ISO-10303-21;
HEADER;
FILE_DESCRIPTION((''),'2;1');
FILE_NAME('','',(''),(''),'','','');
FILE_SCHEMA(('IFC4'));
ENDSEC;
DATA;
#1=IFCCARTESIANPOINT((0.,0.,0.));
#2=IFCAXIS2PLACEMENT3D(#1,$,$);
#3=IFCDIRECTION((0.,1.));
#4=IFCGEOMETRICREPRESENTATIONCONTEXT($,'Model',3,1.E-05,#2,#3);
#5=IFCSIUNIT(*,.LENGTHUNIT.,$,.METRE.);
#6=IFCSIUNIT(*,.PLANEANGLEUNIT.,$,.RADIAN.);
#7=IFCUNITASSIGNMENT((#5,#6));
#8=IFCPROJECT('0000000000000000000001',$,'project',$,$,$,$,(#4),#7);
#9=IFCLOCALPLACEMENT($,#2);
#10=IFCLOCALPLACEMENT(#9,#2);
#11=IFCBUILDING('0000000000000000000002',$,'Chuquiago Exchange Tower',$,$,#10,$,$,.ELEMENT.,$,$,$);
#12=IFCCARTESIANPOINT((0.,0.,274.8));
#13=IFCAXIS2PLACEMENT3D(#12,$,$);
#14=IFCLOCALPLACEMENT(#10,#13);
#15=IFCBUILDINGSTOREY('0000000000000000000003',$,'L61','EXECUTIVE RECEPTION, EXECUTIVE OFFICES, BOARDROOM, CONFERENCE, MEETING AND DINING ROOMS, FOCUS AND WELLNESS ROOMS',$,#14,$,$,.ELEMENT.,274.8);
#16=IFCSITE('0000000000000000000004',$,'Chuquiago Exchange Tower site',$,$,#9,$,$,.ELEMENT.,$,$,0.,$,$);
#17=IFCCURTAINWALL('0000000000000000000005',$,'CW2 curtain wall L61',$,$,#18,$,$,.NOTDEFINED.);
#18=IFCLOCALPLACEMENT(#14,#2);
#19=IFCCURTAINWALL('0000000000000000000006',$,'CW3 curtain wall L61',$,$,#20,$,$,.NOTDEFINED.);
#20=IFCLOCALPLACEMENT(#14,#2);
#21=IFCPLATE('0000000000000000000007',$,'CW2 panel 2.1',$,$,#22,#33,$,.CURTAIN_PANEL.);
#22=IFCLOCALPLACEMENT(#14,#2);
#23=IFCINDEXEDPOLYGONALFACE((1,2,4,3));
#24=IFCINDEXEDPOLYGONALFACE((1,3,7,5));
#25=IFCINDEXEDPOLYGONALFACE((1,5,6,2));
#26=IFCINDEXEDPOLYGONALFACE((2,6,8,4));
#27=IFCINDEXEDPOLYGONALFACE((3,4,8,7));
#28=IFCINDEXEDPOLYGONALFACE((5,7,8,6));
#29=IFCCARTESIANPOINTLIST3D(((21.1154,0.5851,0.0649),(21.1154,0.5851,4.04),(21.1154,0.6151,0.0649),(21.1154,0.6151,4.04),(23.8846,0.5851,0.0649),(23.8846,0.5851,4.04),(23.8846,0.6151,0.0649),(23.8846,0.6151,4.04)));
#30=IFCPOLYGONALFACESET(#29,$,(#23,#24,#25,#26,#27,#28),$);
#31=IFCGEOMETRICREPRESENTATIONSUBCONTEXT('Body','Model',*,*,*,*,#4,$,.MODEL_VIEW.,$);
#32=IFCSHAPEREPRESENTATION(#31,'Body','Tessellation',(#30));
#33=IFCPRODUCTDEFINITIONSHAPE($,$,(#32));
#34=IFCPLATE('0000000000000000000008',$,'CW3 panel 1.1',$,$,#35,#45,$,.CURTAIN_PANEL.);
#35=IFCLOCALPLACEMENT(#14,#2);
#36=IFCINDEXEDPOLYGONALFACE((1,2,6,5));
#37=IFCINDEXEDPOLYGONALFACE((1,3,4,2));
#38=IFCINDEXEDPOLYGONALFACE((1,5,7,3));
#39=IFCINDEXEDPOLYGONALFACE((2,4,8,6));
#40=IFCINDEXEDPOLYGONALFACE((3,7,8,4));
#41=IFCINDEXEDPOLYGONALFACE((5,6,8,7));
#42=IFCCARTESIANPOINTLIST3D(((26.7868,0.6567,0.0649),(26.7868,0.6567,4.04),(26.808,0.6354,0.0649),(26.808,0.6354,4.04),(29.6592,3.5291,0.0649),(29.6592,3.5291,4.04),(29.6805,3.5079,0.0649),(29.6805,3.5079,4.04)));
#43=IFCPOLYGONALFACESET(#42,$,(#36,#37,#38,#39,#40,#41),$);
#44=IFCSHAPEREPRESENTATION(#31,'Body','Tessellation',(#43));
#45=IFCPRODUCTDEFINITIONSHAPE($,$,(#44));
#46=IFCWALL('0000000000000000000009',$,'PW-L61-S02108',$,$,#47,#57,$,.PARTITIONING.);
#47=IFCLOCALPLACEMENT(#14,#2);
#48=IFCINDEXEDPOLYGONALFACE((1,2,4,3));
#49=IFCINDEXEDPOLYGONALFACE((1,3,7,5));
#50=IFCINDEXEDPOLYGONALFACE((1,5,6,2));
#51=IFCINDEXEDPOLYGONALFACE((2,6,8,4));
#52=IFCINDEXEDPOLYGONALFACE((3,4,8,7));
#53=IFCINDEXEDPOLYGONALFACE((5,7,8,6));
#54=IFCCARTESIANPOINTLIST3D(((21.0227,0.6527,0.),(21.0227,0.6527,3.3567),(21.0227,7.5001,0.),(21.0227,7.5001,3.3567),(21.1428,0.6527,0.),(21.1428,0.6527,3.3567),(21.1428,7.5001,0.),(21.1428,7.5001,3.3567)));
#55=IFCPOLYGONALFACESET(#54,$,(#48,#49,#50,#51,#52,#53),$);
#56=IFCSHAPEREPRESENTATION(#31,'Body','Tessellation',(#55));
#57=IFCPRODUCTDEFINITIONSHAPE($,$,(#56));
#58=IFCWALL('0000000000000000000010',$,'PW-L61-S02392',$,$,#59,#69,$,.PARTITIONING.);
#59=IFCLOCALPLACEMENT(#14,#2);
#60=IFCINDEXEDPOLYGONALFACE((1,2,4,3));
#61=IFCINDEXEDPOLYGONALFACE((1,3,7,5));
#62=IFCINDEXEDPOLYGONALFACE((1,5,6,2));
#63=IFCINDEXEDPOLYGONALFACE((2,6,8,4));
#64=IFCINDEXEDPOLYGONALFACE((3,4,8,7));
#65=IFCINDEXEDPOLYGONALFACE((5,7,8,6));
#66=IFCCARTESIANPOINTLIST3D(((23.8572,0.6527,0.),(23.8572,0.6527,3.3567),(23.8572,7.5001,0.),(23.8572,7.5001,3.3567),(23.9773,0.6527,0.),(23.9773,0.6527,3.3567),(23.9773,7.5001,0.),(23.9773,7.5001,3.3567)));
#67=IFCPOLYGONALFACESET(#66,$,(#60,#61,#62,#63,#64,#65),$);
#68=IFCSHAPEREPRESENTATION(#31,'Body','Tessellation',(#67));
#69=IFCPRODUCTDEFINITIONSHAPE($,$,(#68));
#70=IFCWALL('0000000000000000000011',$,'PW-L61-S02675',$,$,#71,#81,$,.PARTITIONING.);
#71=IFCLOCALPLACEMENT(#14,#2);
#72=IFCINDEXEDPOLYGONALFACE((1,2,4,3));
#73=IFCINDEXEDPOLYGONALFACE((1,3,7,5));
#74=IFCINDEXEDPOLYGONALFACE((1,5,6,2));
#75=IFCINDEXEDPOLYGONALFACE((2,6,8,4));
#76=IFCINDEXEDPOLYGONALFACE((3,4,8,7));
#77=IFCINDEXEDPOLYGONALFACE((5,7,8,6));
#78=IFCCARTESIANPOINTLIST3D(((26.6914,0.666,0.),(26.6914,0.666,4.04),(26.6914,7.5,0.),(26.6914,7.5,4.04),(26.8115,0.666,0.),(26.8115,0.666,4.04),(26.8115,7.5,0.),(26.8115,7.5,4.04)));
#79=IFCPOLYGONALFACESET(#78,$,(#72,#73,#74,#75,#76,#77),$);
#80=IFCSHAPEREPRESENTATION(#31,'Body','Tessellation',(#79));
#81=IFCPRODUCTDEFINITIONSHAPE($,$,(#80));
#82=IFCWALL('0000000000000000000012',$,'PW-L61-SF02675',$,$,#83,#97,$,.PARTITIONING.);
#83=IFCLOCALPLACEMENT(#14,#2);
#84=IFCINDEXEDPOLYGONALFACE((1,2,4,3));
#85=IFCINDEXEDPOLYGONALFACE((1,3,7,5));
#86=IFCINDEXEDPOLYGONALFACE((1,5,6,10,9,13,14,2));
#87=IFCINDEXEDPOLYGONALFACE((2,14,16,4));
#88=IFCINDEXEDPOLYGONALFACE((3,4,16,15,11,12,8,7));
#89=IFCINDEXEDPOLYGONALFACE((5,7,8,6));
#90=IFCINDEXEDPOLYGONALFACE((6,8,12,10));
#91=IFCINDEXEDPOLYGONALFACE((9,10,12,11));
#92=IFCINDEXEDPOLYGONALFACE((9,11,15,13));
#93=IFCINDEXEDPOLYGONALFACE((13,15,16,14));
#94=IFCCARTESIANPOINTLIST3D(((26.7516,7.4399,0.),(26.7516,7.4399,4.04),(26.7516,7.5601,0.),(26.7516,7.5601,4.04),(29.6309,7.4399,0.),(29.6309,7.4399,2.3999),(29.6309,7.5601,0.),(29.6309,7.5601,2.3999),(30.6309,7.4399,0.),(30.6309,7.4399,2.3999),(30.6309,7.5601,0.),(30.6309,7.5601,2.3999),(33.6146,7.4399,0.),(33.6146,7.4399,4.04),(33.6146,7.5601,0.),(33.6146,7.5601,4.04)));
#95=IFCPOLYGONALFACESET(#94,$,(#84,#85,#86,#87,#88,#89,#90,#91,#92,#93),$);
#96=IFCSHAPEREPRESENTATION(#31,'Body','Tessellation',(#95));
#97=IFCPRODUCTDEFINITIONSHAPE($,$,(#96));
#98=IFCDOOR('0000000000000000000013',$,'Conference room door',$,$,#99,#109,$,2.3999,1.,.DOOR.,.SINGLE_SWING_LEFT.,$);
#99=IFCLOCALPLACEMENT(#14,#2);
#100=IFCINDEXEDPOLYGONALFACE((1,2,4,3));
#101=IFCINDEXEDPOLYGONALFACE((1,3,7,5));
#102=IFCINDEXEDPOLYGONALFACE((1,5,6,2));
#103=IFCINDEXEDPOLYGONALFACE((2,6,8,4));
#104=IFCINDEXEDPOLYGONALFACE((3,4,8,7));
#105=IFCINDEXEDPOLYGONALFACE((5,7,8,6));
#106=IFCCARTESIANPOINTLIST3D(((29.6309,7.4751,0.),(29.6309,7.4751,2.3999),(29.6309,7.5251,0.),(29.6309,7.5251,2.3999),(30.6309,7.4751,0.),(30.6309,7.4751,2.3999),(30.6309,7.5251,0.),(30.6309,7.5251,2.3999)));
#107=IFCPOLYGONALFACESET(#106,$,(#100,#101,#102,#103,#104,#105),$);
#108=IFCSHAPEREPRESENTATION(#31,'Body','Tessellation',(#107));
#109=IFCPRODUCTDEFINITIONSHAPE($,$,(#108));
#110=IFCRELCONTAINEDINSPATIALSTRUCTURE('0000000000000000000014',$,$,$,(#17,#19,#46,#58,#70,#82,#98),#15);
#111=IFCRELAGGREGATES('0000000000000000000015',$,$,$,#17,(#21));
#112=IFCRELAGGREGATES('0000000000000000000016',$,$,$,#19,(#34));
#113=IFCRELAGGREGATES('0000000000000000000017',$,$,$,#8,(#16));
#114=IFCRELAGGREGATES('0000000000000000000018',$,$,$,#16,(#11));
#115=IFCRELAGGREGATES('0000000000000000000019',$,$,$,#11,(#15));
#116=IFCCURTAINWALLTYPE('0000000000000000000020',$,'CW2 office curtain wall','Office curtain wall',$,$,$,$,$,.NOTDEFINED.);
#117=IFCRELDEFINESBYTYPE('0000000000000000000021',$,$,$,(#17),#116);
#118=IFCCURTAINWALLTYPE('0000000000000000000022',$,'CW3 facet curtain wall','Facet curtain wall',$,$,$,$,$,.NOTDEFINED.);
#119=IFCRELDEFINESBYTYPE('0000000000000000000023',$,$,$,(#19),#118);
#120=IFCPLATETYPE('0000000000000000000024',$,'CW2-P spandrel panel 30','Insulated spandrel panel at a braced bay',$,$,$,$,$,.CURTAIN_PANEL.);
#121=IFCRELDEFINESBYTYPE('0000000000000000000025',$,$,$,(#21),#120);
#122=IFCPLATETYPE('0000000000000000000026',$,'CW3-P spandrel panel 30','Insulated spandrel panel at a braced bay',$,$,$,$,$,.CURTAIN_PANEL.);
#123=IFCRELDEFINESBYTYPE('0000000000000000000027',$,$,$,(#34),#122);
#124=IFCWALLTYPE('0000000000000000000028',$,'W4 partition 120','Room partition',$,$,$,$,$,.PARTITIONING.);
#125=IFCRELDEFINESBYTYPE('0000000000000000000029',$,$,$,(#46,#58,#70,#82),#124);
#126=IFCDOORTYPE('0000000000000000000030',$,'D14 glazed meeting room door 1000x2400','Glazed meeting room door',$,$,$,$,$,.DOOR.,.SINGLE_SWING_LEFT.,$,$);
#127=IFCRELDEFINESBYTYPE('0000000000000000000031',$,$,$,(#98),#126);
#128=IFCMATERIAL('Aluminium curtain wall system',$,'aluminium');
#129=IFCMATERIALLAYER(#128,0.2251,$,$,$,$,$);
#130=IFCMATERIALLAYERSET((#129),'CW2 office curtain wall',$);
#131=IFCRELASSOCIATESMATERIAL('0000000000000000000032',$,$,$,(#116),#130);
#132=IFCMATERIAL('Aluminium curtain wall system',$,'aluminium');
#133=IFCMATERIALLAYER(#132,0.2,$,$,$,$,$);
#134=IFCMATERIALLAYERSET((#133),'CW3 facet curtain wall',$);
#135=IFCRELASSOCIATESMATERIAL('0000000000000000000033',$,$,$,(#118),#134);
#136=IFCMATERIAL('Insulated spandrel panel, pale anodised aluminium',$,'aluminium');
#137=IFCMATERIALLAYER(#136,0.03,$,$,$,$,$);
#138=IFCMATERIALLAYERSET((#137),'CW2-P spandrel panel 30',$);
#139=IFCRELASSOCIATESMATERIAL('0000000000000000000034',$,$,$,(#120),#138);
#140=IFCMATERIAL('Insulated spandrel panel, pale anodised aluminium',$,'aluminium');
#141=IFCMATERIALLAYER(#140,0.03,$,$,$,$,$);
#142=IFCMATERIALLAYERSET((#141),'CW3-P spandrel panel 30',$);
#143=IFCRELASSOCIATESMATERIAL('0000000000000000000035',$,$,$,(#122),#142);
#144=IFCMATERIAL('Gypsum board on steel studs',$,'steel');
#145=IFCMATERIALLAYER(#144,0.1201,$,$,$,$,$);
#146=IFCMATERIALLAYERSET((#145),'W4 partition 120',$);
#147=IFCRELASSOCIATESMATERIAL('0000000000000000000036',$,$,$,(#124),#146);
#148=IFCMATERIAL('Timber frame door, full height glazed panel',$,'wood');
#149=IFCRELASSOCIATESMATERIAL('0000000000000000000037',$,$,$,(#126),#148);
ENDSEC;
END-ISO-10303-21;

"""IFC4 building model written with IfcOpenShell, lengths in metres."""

from ifc_helpers import new_model, si_unit, direction, frame, frame_2d, origin, origin_2d, place, context, subcontext, project, spatial, rectangle, extrude, material, layer, layer_set, type_object, element, fill, aggregate, save


model = new_model("IFC4")

# Units and contexts
model_context = context("Model", 3, precision=1e-05, world=origin(), true_north=direction((0.0, 1.0)))
body_context = subcontext(model_context, "Body", "Model", "MODEL_VIEW")
ifc_project = project(units=[si_unit("LENGTHUNIT", "METRE"), si_unit("PLANEANGLEUNIT", "RADIAN")], contexts=[model_context])

# Site, building, storey
site_placement = place(None, origin())
site = spatial("IfcSite", under=ifc_project, at=site_placement, Name="Chuquiago Exchange Tower site", CompositionType="ELEMENT", RefElevation=0.0)
building_placement = place(site_placement, origin())
building = spatial("IfcBuilding", under=site, at=building_placement, Name="Chuquiago Exchange Tower", CompositionType="ELEMENT")
storey_placement = place(building_placement, frame((0.0, 0.0, 274.8)))
storey = spatial("IfcBuildingStorey", under=building, at=storey_placement, Name="L61", Description="EXECUTIVE RECEPTION, EXECUTIVE OFFICES, BOARDROOM, CONFERENCE, MEETING AND DINING ROOMS, FOCUS AND WELLNESS ROOMS", CompositionType="ELEMENT", Elevation=274.8)

# Curtain walls
ifc_material_1 = material(Name="Aluminium curtain wall system", Category="aluminium")
ifc_layer_1 = layer(ifc_material_1, 0.2251)
ifc_layer_set_1 = layer_set([ifc_layer_1], Name="CW2 office curtain wall")
curtain_wall_type_1 = type_object("IfcCurtainWallType", Name="CW2 office curtain wall", Description="Office curtain wall", PredefinedType="NOTDEFINED", material=ifc_layer_set_1)
curtain_wall_1_placement = place(storey_placement, origin())
curtain_wall_1 = element("IfcCurtainWall", 1, at=curtain_wall_1_placement, inside=storey, type_object=curtain_wall_type_1, Name="CW2 curtain wall L61", PredefinedType="NOTDEFINED")
ifc_material_2 = material(Name="Aluminium curtain wall system", Category="aluminium")
ifc_layer_2 = layer(ifc_material_2, 0.2)
ifc_layer_set_2 = layer_set([ifc_layer_2], Name="CW3 facet curtain wall")
curtain_wall_type_2 = type_object("IfcCurtainWallType", Name="CW3 facet curtain wall", Description="Facet curtain wall", PredefinedType="NOTDEFINED", material=ifc_layer_set_2)
curtain_wall_2_placement = place(storey_placement, origin())
curtain_wall_2 = element("IfcCurtainWall", 2, at=curtain_wall_2_placement, inside=storey, type_object=curtain_wall_type_2, Name="CW3 curtain wall L61", PredefinedType="NOTDEFINED")

# Plates
ifc_material_3 = material(Name="Insulated spandrel panel, pale anodised aluminium", Category="aluminium")
ifc_layer_3 = layer(ifc_material_3, 0.03)
ifc_layer_set_3 = layer_set([ifc_layer_3], Name="CW2-P spandrel panel 30")
plate_type_1 = type_object("IfcPlateType", Name="CW2-P spandrel panel 30", Description="Insulated spandrel panel at a braced bay", PredefinedType="CURTAIN_PANEL", material=ifc_layer_set_3)
plate_1_placement = place(storey_placement, frame((22.5, 0.6001, 0.0649), z_axis=(0.0, 0.0, 1.0), x_axis=(1.0, 0.0, 0.0)))
plate_1 = element("IfcPlate", 3, at=plate_1_placement, type_object=plate_type_1, Name="CW2 panel 2.1", PredefinedType="CURTAIN_PANEL", context=body_context, shape_type="SweptSolid", body=[
    extrude(rectangle(XDim=2.7693, YDim=0.03, at=origin_2d()), origin(), (0.0, 0.0, 1.0), 3.9751),
])
aggregate(curtain_wall_1, [plate_1])
ifc_material_4 = material(Name="Insulated spandrel panel, pale anodised aluminium", Category="aluminium")
ifc_layer_4 = layer(ifc_material_4, 0.03)
ifc_layer_set_4 = layer_set([ifc_layer_4], Name="CW3-P spandrel panel 30")
plate_type_2 = type_object("IfcPlateType", Name="CW3-P spandrel panel 30", Description="Insulated spandrel panel at a braced bay", PredefinedType="CURTAIN_PANEL", material=ifc_layer_set_4)
plate_2_placement = place(storey_placement, frame((28.2336, 2.0823, 0.0649), z_axis=(0.0, 0.0, 1.0), x_axis=(0.707107, 0.707107, 0.0)))
plate_2 = element("IfcPlate", 4, at=plate_2_placement, type_object=plate_type_2, Name="CW3 panel 1.1", PredefinedType="CURTAIN_PANEL", context=body_context, shape_type="SweptSolid", body=[
    extrude(rectangle(XDim=4.0623, YDim=0.03, at=origin_2d()), origin(), (0.0, 0.0, 1.0), 3.9751),
])
aggregate(curtain_wall_2, [plate_2])

# Walls
ifc_material_5 = material(Name="Gypsum board on steel studs", Category="steel")
ifc_layer_5 = layer(ifc_material_5, 0.1201)
ifc_layer_set_5 = layer_set([ifc_layer_5], Name="W4 partition 120")
wall_type = type_object("IfcWallType", Name="W4 partition 120", Description="Room partition", PredefinedType="PARTITIONING", material=ifc_layer_set_5)
for number, where, z_axis, x_axis, name in (
    (5, (21.0828, 0.6526, 0.0), (0.0, 0.0, 1.0), (0.0, 1.0, 0.0), "PW-L61-S02108"),
    (6, (23.9172, 0.6526, 0.0), (0.0, 0.0, 1.0), (0.0, 1.0, 0.0), "PW-L61-S02392"),
):
    element("IfcWall", number, at=place(storey_placement, frame(where, z_axis=z_axis, x_axis=x_axis)), inside=storey, type_object=wall_type, Name=name, PredefinedType="PARTITIONING", context=body_context, shape_type="SweptSolid", body=[
        extrude(rectangle(XDim=6.8474, YDim=0.1201, at=frame_2d((3.4238, 0.0))), origin(), (0.0, 0.0, 1.0), 3.3567),
    ])
wall_1_placement = place(storey_placement, frame((26.7515, 0.666, 0.0), z_axis=(0.0, 0.0, 1.0), x_axis=(0.0, 1.0, 0.0)))
element("IfcWall", 7, at=wall_1_placement, inside=storey, type_object=wall_type, Name="PW-L61-S02675", PredefinedType="PARTITIONING", context=body_context, shape_type="SweptSolid", body=[
    extrude(rectangle(XDim=6.834, YDim=0.1201, at=frame_2d((3.417, 0.0))), origin(), (0.0, 0.0, 1.0), 4.04),
])

# Wall, opening, door
ifc_material_6 = material(Name="Timber frame door, full height glazed panel", Category="wood")
door_type = type_object("IfcDoorType", Name="D14 glazed meeting room door 1000x2400", Description="Glazed meeting room door", OperationType="SINGLE_SWING_LEFT", PredefinedType="DOOR", material=ifc_material_6)
wall_2_placement = place(storey_placement, frame((26.7515, 7.5, 0.0), z_axis=(0.0, 0.0, 1.0), x_axis=(1.0, 0.0, 0.0)))
wall_2 = element("IfcWall", 8, at=wall_2_placement, inside=storey, type_object=wall_type, Name="PW-L61-SF02675", PredefinedType="PARTITIONING", context=body_context, shape_type="SweptSolid", body=[
    extrude(rectangle(XDim=6.863, YDim=0.1201, at=frame_2d((3.4316, 0.0))), origin(), (0.0, 0.0, 1.0), 4.04),
])
opening_1_placement = place(wall_2_placement, frame((2.8794, 0.0, 0.0)))
opening_1 = element("IfcOpeningElement", 9, at=opening_1_placement, cuts=wall_2, PredefinedType="OPENING", context=body_context, shape_type="SweptSolid", body=[
    extrude(rectangle(XDim=1.0, YDim=2.3999, at=frame_2d((0.5, 1.2))), frame((0.0, 0.0701, 0.0), z_axis=(0.0, -1.0, 0.0), x_axis=(1.0, 0.0, 0.0)), (0.0, 0.0, 1.0), 0.1401),
])
door_1_placement = place(opening_1_placement, frame((1.0, 0.0, 0.0), z_axis=(0.0, 0.0, 1.0), x_axis=(-1.0, 0.0, 0.0)))
door_1 = element("IfcDoor", 10, at=door_1_placement, inside=storey, type_object=door_type, Name="Conference room door", OperationType="SINGLE_SWING_LEFT", OverallHeight=2.3999, OverallWidth=1.0, PredefinedType="DOOR", context=body_context, shape_type="SweptSolid", body=[
    extrude(rectangle(XDim=1.0, YDim=2.3999, at=frame_2d((0.5, 1.2))), frame((0.0, 0.0249, 0.0), z_axis=(0.0, -1.0, 0.0), x_axis=(1.0, 0.0, 0.0)), (0.0, 0.0, 1.0), 0.05),
])
fill(opening_1, door_1)

save(model, "model.ifc")
